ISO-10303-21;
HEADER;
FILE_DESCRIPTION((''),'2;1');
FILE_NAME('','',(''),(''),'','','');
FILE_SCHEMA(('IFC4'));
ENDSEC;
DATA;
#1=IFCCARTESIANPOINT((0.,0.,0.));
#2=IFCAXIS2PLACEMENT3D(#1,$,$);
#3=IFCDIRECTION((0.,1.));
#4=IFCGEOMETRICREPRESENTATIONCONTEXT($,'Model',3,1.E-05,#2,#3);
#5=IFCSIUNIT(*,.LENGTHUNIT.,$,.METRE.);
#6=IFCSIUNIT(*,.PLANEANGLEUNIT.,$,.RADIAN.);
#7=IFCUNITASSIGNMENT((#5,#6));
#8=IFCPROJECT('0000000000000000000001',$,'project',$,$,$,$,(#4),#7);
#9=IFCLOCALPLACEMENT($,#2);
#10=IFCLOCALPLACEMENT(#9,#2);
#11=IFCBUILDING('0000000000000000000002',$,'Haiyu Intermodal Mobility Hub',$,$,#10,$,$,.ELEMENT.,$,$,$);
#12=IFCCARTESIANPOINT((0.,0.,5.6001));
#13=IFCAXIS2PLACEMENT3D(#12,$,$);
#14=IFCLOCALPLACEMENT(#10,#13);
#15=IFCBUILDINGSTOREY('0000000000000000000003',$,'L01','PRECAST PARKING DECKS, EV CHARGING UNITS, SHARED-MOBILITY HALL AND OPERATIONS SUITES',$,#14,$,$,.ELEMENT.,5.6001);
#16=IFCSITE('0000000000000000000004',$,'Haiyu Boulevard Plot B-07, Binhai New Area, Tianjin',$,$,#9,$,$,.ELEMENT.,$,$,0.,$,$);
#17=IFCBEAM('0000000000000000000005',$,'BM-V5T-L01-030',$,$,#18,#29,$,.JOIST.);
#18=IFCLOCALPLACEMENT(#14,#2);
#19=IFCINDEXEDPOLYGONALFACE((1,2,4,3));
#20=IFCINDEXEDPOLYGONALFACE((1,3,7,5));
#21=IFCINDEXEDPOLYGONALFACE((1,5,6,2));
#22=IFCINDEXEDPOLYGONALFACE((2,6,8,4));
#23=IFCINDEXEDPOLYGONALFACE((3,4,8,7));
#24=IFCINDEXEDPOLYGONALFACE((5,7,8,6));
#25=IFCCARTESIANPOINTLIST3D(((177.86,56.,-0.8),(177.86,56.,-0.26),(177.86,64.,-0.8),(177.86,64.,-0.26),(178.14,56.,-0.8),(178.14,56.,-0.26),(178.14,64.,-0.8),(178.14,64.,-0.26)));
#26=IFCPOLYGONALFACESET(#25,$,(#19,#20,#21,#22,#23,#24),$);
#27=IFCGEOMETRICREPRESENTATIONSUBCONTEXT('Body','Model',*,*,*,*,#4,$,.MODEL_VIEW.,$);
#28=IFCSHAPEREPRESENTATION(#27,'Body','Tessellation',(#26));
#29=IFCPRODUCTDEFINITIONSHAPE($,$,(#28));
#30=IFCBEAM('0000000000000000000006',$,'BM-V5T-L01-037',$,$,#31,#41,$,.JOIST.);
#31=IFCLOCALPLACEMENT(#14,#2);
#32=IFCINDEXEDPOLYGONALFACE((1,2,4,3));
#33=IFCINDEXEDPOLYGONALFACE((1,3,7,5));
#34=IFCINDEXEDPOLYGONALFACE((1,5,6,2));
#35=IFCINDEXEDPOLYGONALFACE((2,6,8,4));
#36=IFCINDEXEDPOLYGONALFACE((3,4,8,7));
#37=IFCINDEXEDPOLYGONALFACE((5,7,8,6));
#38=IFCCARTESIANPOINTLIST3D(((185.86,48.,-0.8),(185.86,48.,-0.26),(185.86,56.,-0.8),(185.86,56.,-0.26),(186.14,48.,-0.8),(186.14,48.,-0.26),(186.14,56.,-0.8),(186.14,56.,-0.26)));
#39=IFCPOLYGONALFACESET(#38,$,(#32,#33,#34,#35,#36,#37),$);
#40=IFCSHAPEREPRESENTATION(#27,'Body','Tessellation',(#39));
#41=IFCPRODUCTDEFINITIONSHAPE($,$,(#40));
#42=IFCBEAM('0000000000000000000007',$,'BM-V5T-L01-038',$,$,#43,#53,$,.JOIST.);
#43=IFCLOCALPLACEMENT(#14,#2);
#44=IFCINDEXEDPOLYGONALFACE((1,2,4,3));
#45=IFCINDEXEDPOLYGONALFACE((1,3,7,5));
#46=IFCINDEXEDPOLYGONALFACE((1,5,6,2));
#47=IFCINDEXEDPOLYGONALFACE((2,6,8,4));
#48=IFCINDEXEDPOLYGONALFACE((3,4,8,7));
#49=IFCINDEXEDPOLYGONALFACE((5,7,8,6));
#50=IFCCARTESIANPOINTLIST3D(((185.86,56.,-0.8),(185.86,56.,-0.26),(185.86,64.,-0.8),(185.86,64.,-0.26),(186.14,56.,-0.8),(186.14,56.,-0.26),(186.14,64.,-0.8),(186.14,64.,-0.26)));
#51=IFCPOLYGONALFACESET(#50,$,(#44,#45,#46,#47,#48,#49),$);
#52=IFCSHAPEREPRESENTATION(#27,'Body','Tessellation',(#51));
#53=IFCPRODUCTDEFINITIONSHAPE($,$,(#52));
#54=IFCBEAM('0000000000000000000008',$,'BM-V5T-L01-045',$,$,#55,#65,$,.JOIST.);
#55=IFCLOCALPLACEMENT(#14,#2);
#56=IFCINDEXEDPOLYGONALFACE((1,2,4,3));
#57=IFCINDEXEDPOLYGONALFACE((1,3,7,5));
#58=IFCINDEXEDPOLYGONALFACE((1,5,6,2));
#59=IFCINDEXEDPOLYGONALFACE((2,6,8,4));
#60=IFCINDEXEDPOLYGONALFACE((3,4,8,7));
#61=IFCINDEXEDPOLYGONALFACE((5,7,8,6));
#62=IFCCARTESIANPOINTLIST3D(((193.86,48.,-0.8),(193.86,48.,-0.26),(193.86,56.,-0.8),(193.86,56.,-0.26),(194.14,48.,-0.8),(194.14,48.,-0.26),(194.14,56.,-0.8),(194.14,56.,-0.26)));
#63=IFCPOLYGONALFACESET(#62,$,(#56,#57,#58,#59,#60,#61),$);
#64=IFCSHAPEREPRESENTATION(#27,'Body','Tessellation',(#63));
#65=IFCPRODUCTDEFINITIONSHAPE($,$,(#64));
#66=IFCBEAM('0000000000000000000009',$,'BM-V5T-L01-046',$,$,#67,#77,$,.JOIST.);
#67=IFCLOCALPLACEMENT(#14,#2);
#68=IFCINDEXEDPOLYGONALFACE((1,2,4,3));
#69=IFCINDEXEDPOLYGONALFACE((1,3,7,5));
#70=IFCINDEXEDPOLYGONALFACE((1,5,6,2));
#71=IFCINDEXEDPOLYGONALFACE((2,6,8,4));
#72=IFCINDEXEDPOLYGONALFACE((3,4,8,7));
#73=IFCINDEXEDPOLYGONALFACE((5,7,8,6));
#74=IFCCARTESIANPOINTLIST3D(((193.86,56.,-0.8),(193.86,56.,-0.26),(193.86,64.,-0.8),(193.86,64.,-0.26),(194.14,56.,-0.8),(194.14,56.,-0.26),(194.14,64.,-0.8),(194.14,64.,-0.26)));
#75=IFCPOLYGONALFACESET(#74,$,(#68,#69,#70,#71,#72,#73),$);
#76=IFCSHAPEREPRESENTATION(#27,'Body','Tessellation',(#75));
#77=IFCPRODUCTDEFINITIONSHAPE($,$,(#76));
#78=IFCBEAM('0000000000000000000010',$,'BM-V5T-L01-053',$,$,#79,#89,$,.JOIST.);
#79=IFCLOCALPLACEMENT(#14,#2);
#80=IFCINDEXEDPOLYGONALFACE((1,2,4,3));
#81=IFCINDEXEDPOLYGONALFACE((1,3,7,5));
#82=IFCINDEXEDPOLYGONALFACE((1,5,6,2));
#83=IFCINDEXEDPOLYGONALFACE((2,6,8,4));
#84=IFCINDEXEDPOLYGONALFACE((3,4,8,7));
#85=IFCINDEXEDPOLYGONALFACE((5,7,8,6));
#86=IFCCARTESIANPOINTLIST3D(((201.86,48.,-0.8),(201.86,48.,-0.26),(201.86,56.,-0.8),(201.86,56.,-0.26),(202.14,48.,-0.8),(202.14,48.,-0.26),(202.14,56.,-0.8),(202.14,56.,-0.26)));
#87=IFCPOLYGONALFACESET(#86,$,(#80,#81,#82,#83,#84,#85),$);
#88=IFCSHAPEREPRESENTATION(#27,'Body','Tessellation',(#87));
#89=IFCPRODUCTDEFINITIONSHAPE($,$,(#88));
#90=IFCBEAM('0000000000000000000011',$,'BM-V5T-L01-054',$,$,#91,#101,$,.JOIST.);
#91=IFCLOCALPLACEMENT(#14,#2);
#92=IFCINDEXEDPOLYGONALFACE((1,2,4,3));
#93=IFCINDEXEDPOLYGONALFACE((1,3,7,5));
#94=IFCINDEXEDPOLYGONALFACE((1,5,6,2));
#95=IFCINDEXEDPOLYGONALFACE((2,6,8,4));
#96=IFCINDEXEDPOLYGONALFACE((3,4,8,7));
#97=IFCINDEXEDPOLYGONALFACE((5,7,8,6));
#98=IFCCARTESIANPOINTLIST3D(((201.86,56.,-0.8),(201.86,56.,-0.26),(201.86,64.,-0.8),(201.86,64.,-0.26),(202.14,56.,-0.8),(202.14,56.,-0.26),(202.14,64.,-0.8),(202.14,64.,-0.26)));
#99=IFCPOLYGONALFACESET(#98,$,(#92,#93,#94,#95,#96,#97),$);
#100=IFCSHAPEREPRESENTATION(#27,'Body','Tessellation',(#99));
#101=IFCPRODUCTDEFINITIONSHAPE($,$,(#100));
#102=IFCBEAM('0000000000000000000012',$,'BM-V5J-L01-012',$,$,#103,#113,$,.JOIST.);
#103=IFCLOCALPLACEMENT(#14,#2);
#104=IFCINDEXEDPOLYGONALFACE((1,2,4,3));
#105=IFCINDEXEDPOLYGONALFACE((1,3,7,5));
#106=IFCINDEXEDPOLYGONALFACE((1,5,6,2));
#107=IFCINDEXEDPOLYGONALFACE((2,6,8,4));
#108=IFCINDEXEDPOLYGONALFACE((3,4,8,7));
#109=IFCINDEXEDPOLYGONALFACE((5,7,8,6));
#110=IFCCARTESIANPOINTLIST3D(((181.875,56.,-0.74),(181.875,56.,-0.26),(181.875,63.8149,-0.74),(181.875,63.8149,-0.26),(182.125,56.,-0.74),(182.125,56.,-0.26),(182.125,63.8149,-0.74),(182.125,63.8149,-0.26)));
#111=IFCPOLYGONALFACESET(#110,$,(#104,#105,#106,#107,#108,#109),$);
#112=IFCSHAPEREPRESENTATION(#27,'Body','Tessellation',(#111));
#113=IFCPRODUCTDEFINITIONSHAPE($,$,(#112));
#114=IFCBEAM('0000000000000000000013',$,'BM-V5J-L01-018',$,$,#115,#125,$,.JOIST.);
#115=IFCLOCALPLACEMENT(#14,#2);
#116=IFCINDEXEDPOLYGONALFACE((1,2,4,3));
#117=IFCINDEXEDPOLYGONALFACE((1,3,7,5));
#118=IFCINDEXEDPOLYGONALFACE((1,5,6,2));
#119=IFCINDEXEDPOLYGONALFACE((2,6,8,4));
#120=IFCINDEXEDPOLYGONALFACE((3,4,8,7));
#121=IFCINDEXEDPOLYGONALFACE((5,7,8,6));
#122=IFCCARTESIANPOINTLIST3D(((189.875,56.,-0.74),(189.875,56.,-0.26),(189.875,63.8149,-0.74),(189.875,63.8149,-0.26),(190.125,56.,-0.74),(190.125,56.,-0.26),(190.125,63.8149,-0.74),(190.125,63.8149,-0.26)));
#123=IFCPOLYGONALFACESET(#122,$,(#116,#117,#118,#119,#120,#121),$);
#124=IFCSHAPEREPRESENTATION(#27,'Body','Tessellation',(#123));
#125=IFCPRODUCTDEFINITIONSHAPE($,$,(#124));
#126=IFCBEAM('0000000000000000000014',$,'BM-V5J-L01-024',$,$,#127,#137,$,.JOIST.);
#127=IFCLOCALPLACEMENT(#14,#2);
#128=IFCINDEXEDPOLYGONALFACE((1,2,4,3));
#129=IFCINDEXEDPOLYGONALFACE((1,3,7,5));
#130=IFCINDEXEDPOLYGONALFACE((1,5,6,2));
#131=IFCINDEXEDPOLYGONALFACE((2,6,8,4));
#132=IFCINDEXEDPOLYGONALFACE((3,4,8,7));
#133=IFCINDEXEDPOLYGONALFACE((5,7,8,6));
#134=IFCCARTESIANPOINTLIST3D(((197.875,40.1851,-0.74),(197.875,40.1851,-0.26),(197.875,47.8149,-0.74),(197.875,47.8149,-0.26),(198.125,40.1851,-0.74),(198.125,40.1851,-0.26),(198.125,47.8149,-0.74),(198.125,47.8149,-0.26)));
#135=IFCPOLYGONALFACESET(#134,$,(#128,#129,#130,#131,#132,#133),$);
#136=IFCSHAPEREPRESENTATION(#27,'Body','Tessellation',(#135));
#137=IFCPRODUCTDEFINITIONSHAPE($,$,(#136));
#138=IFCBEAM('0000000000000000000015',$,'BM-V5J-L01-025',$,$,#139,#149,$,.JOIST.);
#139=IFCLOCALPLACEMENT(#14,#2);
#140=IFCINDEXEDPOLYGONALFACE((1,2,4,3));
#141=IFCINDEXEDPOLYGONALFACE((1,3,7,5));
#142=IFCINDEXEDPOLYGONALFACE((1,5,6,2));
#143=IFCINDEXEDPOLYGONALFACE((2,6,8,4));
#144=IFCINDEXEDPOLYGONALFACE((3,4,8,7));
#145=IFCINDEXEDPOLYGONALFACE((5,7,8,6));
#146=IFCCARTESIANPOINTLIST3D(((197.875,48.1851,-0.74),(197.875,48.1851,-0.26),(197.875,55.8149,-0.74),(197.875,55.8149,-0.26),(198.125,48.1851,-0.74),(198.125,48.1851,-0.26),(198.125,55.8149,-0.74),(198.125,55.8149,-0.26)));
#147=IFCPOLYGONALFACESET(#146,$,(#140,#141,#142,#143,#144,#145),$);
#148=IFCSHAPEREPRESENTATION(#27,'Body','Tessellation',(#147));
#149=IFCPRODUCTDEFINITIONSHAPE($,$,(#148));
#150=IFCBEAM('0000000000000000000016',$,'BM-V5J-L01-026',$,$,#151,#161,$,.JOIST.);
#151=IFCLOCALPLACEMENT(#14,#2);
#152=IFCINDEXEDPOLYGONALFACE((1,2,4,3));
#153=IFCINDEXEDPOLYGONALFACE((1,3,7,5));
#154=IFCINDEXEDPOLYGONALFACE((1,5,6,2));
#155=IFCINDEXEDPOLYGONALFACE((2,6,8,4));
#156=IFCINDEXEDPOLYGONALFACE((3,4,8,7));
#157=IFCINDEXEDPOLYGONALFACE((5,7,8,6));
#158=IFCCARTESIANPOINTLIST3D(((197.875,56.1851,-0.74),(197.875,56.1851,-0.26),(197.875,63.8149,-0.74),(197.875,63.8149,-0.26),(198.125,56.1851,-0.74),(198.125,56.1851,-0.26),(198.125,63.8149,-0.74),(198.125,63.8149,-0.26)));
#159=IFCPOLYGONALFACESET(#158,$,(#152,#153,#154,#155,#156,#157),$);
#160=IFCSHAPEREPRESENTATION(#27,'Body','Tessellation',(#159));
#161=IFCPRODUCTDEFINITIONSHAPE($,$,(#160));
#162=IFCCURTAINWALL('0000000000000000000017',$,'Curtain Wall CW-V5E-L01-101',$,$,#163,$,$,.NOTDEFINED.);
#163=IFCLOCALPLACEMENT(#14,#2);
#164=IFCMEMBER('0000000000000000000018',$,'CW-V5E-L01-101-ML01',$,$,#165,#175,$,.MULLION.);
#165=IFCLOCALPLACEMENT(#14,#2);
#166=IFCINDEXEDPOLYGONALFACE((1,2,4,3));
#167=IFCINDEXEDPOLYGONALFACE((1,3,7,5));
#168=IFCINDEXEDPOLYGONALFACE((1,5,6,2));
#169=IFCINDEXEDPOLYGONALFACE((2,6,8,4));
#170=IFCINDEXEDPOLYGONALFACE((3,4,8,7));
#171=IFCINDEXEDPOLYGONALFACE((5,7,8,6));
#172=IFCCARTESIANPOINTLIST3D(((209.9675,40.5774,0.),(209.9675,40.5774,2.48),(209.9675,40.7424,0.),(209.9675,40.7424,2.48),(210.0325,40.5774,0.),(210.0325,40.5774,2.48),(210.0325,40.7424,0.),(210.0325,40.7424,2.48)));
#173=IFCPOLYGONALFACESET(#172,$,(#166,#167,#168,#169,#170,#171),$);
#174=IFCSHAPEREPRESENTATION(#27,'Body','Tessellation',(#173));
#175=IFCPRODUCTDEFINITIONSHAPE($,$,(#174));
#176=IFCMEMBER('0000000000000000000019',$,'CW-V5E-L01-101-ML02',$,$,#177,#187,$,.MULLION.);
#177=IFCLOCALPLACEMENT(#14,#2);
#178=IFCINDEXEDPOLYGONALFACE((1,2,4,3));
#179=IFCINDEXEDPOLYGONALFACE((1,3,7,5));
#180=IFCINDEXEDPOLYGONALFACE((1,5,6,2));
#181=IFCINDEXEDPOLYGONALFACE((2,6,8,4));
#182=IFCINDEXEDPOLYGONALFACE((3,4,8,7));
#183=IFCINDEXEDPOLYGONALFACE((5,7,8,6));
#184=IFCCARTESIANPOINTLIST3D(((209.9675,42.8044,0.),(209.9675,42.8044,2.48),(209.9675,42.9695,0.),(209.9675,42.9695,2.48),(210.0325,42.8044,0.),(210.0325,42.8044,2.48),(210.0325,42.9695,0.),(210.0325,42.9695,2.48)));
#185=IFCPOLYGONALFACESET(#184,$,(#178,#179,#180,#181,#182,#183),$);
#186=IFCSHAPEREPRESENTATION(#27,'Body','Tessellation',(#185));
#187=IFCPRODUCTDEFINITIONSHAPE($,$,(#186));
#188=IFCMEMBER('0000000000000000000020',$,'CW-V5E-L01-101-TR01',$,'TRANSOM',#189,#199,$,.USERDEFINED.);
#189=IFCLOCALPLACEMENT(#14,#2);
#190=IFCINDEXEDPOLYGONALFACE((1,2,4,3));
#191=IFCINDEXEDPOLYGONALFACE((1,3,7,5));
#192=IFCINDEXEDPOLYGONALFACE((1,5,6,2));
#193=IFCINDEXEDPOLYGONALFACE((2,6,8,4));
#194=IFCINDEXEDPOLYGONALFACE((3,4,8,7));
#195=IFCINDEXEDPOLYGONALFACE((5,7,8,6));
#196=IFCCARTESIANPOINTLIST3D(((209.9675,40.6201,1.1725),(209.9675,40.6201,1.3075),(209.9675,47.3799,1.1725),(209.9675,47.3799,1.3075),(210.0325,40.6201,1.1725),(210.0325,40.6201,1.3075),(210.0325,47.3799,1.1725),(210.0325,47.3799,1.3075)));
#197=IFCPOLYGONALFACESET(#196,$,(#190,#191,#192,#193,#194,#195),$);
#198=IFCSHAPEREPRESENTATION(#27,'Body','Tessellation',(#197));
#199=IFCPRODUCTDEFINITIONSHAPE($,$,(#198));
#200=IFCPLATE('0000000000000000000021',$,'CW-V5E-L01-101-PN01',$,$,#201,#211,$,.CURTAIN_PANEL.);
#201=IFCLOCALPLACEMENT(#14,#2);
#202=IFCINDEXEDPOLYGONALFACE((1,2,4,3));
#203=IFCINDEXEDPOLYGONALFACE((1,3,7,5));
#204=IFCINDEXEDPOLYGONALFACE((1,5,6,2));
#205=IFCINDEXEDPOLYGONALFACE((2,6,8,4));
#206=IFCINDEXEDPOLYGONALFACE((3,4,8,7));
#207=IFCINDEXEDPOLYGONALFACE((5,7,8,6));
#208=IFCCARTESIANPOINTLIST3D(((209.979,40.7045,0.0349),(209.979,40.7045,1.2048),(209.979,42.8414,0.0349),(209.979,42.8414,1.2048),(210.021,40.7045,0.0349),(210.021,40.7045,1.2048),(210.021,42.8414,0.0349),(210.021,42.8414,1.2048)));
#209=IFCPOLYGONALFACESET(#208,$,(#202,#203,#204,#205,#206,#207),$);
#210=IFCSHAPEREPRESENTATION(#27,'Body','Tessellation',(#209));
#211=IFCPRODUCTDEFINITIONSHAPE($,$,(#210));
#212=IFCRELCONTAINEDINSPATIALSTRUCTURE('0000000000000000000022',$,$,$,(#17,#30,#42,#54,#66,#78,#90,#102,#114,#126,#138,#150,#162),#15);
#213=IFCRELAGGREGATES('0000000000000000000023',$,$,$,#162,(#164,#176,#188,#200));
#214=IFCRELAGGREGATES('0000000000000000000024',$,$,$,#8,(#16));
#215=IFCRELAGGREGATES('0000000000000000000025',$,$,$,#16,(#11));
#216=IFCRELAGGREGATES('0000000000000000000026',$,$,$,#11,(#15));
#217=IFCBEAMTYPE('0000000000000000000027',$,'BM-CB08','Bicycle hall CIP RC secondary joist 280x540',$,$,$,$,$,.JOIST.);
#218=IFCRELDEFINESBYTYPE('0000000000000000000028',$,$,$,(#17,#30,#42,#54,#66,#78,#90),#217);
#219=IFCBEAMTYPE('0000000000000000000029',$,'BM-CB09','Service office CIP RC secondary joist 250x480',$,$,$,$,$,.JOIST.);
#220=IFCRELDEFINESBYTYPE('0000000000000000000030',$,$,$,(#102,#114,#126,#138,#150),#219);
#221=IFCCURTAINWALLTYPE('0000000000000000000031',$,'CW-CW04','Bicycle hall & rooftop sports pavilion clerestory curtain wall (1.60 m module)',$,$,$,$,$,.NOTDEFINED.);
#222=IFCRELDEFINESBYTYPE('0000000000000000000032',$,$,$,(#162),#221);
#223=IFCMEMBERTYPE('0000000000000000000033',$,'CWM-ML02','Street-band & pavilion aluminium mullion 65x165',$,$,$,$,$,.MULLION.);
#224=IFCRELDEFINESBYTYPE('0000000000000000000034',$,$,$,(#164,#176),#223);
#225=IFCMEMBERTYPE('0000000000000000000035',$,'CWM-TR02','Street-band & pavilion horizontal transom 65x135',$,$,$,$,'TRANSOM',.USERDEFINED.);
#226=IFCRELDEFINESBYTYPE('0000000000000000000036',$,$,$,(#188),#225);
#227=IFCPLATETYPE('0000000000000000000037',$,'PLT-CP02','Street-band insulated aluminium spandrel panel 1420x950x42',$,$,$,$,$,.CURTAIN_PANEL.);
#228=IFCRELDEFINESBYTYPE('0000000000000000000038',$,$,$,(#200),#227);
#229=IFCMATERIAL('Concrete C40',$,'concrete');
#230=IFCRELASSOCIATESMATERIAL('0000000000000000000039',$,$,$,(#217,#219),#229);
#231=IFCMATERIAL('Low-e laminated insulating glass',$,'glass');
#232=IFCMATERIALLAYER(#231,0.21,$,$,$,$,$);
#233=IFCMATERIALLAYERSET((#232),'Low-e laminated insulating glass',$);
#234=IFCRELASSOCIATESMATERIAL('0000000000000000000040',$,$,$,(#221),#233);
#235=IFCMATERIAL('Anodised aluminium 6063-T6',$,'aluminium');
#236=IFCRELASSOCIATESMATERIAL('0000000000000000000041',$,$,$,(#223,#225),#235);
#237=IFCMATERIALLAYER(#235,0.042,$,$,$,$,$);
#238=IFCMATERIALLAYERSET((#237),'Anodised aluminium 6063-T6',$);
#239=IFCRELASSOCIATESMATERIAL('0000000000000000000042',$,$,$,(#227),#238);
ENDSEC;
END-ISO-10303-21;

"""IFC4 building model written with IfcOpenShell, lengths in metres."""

from ifc_helpers import new_model, si_unit, direction, frame, origin, origin_2d, place, context, subcontext, project, spatial, rectangle, extrude, material, layer, layer_set, material_profile, profile_set, type_object, element, aggregate, save


model = new_model("IFC4")

# Units and contexts
model_context = context("Model", 3, precision=1e-05, world=origin(), true_north=direction((0.0, 1.0)))
body_context = subcontext(model_context, "Body", "Model", "MODEL_VIEW")
ifc_project = project(units=[si_unit("LENGTHUNIT", "METRE"), si_unit("PLANEANGLEUNIT", "RADIAN")], contexts=[model_context])

# Site, building, storey
site_placement = place(None, origin())
site = spatial("IfcSite", under=ifc_project, at=site_placement, Name="Haiyu Boulevard Plot B-07, Binhai New Area, Tianjin", CompositionType="ELEMENT", RefElevation=0.0)
building_placement = place(site_placement, origin())
building = spatial("IfcBuilding", under=site, at=building_placement, Name="Haiyu Intermodal Mobility Hub", CompositionType="ELEMENT")
storey_placement = place(building_placement, frame((0.0, 0.0, 5.6001)))
storey = spatial("IfcBuildingStorey", under=building, at=storey_placement, Name="L01", Description="PRECAST PARKING DECKS, EV CHARGING UNITS, SHARED-MOBILITY HALL AND OPERATIONS SUITES", CompositionType="ELEMENT", Elevation=5.6001)

# Shared definitions
ifc_material_1 = material(Name="Concrete C40", Category="concrete")

# Beams
ifc_material_profile_1 = material_profile(ifc_material_1, rectangle(XDim=0.28, YDim=0.54, at=origin_2d()), Name="RCB280x540")
ifc_profile_set_1 = profile_set([ifc_material_profile_1], Name="Concrete C40")
beam_type_1 = type_object("IfcBeamType", Name="BM-CB08", Description="Bicycle hall CIP RC secondary joist 280x540", PredefinedType="JOIST", material=ifc_profile_set_1)
for number, where, z_axis, x_axis, name in (
    (1, (178.0, 56.0, -0.53), (0.0, 1.0, 0.0), (-1.0, 0.0, 0.0), "BM-V5T-L01-030"),
    (2, (186.0, 48.0, -0.53), (0.0, 1.0, 0.0), (-1.0, 0.0, 0.0), "BM-V5T-L01-037"),
    (3, (186.0, 56.0, -0.53), (0.0, 1.0, 0.0), (-1.0, 0.0, 0.0), "BM-V5T-L01-038"),
    (4, (194.0, 48.0, -0.53), (0.0, 1.0, 0.0), (-1.0, 0.0, 0.0), "BM-V5T-L01-045"),
    (5, (194.0, 56.0, -0.53), (0.0, 1.0, 0.0), (-1.0, 0.0, 0.0), "BM-V5T-L01-046"),
    (6, (202.0, 48.0, -0.53), (0.0, 1.0, 0.0), (-1.0, 0.0, 0.0), "BM-V5T-L01-053"),
    (7, (202.0, 56.0, -0.53), (0.0, 1.0, 0.0), (-1.0, 0.0, 0.0), "BM-V5T-L01-054"),
):
    element("IfcBeam", number, at=place(storey_placement, frame(where, z_axis=z_axis, x_axis=x_axis)), inside=storey, type_object=beam_type_1, Name=name, PredefinedType="JOIST", context=body_context, shape_type="SweptSolid", body=[
        extrude(rectangle(XDim=0.28, YDim=0.54, at=origin_2d()), origin(), (0.0, 0.0, 1.0), 8.0),
    ])
ifc_material_profile_2 = material_profile(ifc_material_1, rectangle(XDim=0.25, YDim=0.48, at=origin_2d()), Name="RCB250x480")
ifc_profile_set_2 = profile_set([ifc_material_profile_2], Name="Concrete C40")
beam_type_2 = type_object("IfcBeamType", Name="BM-CB09", Description="Service office CIP RC secondary joist 250x480", PredefinedType="JOIST", material=ifc_profile_set_2)
for number, where, z_axis, x_axis, name in (
    (8, (182.0, 56.0, -0.5), (0.0, 1.0, 0.0), (-1.0, 0.0, 0.0), "BM-V5J-L01-012"),
    (9, (190.0, 56.0, -0.5), (0.0, 1.0, 0.0), (-1.0, 0.0, 0.0), "BM-V5J-L01-018"),
):
    element("IfcBeam", number, at=place(storey_placement, frame(where, z_axis=z_axis, x_axis=x_axis)), inside=storey, type_object=beam_type_2, Name=name, PredefinedType="JOIST", context=body_context, shape_type="SweptSolid", body=[
        extrude(rectangle(XDim=0.25, YDim=0.48, at=origin_2d()), origin(), (0.0, 0.0, 1.0), 7.8149),
    ])
for number, where, z_axis, x_axis, name in (
    (10, (198.0, 40.1851, -0.5), (0.0, 1.0, 0.0), (-1.0, 0.0, 0.0), "BM-V5J-L01-024"),
    (11, (198.0, 48.1851, -0.5), (0.0, 1.0, 0.0), (-1.0, 0.0, 0.0), "BM-V5J-L01-025"),
    (12, (198.0, 56.1851, -0.5), (0.0, 1.0, 0.0), (-1.0, 0.0, 0.0), "BM-V5J-L01-026"),
):
    element("IfcBeam", number, at=place(storey_placement, frame(where, z_axis=z_axis, x_axis=x_axis)), inside=storey, type_object=beam_type_2, Name=name, PredefinedType="JOIST", context=body_context, shape_type="SweptSolid", body=[
        extrude(rectangle(XDim=0.25, YDim=0.48, at=origin_2d()), origin(), (0.0, 0.0, 1.0), 7.6299),
    ])

# Curtain wall, members, plate
ifc_material_2 = material(Name="Low-e laminated insulating glass", Category="glass")
ifc_layer_1 = layer(ifc_material_2, 0.21)
ifc_layer_set_1 = layer_set([ifc_layer_1], Name="Low-e laminated insulating glass")
curtain_wall_type = type_object("IfcCurtainWallType", Name="CW-CW04", Description="Bicycle hall & rooftop sports pavilion clerestory curtain wall (1.60 m module)", PredefinedType="NOTDEFINED", material=ifc_layer_set_1)
curtain_wall_placement = place(storey_placement, origin())
curtain_wall = element("IfcCurtainWall", 13, at=curtain_wall_placement, inside=storey, type_object=curtain_wall_type, Name="Curtain Wall CW-V5E-L01-101", PredefinedType="NOTDEFINED")
ifc_material_3 = material(Name="Anodised aluminium 6063-T6", Category="aluminium")
ifc_material_profile_3 = material_profile(ifc_material_3, rectangle(XDim=0.0649, YDim=0.165, at=origin_2d()), Name="ALU65x165")
ifc_profile_set_3 = profile_set([ifc_material_profile_3], Name="Anodised aluminium 6063-T6")
member_type_1 = type_object("IfcMemberType", Name="CWM-ML02", Description="Street-band & pavilion aluminium mullion 65x165", PredefinedType="MULLION", material=ifc_profile_set_3)
member_1_placement = place(storey_placement, frame((210.0, 40.6599, 0.0), z_axis=(0.0, 0.0, 1.0), x_axis=(1.0, 0.0, 0.0)))
member_1 = element("IfcMember", 14, at=member_1_placement, type_object=member_type_1, Name="CW-V5E-L01-101-ML01", PredefinedType="MULLION", context=body_context, shape_type="SweptSolid", body=[
    extrude(rectangle(XDim=0.0649, YDim=0.165, at=origin_2d()), origin(), (0.0, 0.0, 1.0), 2.48),
])
member_2_placement = place(storey_placement, frame((210.0, 42.887, 0.0), z_axis=(0.0, 0.0, 1.0), x_axis=(1.0, 0.0, 0.0)))
member_2 = element("IfcMember", 15, at=member_2_placement, type_object=member_type_1, Name="CW-V5E-L01-101-ML02", PredefinedType="MULLION", context=body_context, shape_type="SweptSolid", body=[
    extrude(rectangle(XDim=0.0649, YDim=0.165, at=origin_2d()), origin(), (0.0, 0.0, 1.0), 2.48),
])
ifc_material_profile_4 = material_profile(ifc_material_3, rectangle(XDim=0.0649, YDim=0.135, at=origin_2d()), Name="ALU65x135")
ifc_profile_set_4 = profile_set([ifc_material_profile_4], Name="Anodised aluminium 6063-T6")
member_type_2 = type_object("IfcMemberType", Name="CWM-TR02", Description="Street-band & pavilion horizontal transom 65x135", ElementType="TRANSOM", PredefinedType="USERDEFINED", material=ifc_profile_set_4)
member_3_placement = place(storey_placement, frame((210.0, 40.6201, 1.24), z_axis=(0.0, 1.0, 0.0), x_axis=(-1.0, 0.0, 0.0)))
member_3 = element("IfcMember", 16, at=member_3_placement, type_object=member_type_2, Name="CW-V5E-L01-101-TR01", ObjectType="TRANSOM", PredefinedType="USERDEFINED", context=body_context, shape_type="SweptSolid", body=[
    extrude(rectangle(XDim=0.0649, YDim=0.135, at=origin_2d()), origin(), (0.0, 0.0, 1.0), 6.7598),
])
ifc_layer_2 = layer(ifc_material_3, 0.042)
ifc_layer_set_2 = layer_set([ifc_layer_2], Name="Anodised aluminium 6063-T6")
plate_type_1 = type_object("IfcPlateType", Name="PLT-CP02", Description="Street-band insulated aluminium spandrel panel 1420x950x42", PredefinedType="CURTAIN_PANEL", material=ifc_layer_set_2)
plate_1_placement = place(storey_placement, frame((210.0, 41.7729, 0.0349), z_axis=(0.0, 0.0, 1.0), x_axis=(0.0, 1.0, 0.0)))
plate_1 = element("IfcPlate", 17, at=plate_1_placement, type_object=plate_type_1, Name="CW-V5E-L01-101-PN01", PredefinedType="CURTAIN_PANEL", context=body_context, shape_type="SweptSolid", body=[
    extrude(rectangle(XDim=2.137, YDim=0.042, at=origin_2d()), origin(), (0.0, 0.0, 1.0), 1.1699),
])
aggregate(curtain_wall, [member_1, member_2, member_3, plate_1])

save(model, "model.ifc")
